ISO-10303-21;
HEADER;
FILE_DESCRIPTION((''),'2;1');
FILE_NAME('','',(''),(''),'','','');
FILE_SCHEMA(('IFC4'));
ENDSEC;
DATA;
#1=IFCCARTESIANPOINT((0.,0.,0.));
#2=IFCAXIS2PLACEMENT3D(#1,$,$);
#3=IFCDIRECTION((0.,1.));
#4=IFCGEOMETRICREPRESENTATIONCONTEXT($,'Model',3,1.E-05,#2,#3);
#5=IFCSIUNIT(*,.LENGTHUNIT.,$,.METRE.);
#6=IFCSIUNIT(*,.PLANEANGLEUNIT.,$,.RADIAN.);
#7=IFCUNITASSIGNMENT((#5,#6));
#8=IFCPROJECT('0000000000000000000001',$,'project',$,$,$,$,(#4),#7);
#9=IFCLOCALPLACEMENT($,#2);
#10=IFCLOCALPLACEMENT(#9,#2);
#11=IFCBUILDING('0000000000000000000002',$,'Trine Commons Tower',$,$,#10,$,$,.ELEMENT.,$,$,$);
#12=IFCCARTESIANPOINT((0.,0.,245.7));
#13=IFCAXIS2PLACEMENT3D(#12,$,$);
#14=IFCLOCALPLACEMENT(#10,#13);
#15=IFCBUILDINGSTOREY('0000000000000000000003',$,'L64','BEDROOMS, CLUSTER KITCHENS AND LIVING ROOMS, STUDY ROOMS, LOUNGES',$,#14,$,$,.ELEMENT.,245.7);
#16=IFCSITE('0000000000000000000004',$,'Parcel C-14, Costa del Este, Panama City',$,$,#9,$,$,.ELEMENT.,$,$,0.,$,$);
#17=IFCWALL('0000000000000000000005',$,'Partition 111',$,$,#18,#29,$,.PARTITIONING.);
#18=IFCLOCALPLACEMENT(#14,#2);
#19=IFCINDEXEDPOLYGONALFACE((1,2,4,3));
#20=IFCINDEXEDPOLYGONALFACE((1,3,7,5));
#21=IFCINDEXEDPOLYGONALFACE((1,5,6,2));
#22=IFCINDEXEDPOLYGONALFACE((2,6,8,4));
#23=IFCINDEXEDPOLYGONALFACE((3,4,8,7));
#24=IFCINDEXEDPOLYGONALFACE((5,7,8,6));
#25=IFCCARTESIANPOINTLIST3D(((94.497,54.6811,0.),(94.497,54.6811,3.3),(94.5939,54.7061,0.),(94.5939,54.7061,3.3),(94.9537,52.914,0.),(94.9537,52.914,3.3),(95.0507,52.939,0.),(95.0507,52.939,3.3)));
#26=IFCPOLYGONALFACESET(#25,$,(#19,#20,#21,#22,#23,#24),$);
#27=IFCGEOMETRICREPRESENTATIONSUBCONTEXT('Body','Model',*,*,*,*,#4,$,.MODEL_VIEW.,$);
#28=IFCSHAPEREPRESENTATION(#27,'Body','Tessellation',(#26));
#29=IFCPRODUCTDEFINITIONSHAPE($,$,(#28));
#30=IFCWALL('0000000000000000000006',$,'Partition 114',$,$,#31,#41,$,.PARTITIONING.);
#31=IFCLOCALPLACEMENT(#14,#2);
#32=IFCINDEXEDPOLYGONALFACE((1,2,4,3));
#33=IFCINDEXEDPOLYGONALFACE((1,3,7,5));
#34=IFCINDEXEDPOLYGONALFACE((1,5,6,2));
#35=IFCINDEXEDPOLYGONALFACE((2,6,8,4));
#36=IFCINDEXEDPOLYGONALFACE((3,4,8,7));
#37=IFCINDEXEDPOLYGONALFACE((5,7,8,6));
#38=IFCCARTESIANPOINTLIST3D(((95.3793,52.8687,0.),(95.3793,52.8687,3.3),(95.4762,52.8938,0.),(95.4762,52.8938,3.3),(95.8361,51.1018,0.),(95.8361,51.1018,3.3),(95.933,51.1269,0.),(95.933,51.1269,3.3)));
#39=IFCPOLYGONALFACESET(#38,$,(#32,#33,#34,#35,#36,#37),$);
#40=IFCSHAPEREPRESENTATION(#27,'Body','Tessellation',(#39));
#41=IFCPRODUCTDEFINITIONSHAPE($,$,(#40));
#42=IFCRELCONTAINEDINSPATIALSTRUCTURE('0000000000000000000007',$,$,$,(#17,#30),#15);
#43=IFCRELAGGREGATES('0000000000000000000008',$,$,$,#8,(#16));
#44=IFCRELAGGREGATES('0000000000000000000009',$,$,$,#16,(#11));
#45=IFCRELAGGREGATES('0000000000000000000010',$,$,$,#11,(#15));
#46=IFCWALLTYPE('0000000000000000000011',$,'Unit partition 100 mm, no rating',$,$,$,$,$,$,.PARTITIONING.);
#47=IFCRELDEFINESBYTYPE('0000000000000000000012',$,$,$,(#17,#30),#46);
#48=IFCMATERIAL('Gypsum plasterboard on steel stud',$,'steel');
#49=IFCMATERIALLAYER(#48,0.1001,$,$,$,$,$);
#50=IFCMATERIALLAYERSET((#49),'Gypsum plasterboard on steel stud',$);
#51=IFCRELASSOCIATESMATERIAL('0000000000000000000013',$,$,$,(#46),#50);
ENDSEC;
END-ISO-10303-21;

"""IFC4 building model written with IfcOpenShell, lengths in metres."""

from ifc_helpers import new_model, si_unit, direction, frame, frame_2d, origin, place, context, subcontext, project, spatial, rectangle, extrude, material, layer, layer_set, type_object, element, save


model = new_model("IFC4")

# Units and contexts
model_context = context("Model", 3, precision=1e-05, world=origin(), true_north=direction((0.0, 1.0)))
body_context = subcontext(model_context, "Body", "Model", "MODEL_VIEW")
ifc_project = project(units=[si_unit("LENGTHUNIT", "METRE"), si_unit("PLANEANGLEUNIT", "RADIAN")], contexts=[model_context])

# Site, building, storey
site_placement = place(None, origin())
site = spatial("IfcSite", under=ifc_project, at=site_placement, Name="Parcel C-14, Costa del Este, Panama City", CompositionType="ELEMENT", RefElevation=0.0)
building_placement = place(site_placement, origin())
building = spatial("IfcBuilding", under=site, at=building_placement, Name="Trine Commons Tower", CompositionType="ELEMENT")
storey_placement = place(building_placement, frame((0.0, 0.0, 245.7)))
storey = spatial("IfcBuildingStorey", under=building, at=storey_placement, Name="L64", Description="BEDROOMS, CLUSTER KITCHENS AND LIVING ROOMS, STUDY ROOMS, LOUNGES", CompositionType="ELEMENT", Elevation=245.7)

# Shared definitions
ifc_material_1 = material(Name="Gypsum plasterboard on steel stud", Category="steel")

# Shared definitions
ifc_layer_1 = layer(ifc_material_1, 0.1001)
ifc_layer_set_1 = layer_set([ifc_layer_1], Name="Gypsum plasterboard on steel stud")
wall_type_1 = type_object("IfcWallType", Name="Unit partition 100 mm, no rating", PredefinedType="PARTITIONING", material=ifc_layer_set_1)

# Walls
wall_1_placement = place(storey_placement, frame((94.5454, 54.6936, 0.0), z_axis=(0.0, 0.0, 1.0), x_axis=(0.25027, -0.968176, 0.0)))
element("IfcWall", 1, at=wall_1_placement, inside=storey, type_object=wall_type_1, Name="Partition 111", PredefinedType="PARTITIONING", context=body_context, shape_type="SweptSolid", body=[
    extrude(rectangle(XDim=1.8252, YDim=0.1001, at=frame_2d((0.9126, 0.0))), origin(), (0.0, 0.0, 1.0), 3.3),
])
wall_2_placement = place(storey_placement, frame((95.4277, 52.8813, 0.0), z_axis=(0.0, 0.0, 1.0), x_axis=(0.250303, -0.968168, 0.0)))
element("IfcWall", 2, at=wall_2_placement, inside=storey, type_object=wall_type_1, Name="Partition 114", PredefinedType="PARTITIONING", context=body_context, shape_type="SweptSolid", body=[
    extrude(rectangle(XDim=1.825, YDim=0.1001, at=frame_2d((0.9126, 0.0))), origin(), (0.0, 0.0, 1.0), 3.3),
])

save(model, "model.ifc")
